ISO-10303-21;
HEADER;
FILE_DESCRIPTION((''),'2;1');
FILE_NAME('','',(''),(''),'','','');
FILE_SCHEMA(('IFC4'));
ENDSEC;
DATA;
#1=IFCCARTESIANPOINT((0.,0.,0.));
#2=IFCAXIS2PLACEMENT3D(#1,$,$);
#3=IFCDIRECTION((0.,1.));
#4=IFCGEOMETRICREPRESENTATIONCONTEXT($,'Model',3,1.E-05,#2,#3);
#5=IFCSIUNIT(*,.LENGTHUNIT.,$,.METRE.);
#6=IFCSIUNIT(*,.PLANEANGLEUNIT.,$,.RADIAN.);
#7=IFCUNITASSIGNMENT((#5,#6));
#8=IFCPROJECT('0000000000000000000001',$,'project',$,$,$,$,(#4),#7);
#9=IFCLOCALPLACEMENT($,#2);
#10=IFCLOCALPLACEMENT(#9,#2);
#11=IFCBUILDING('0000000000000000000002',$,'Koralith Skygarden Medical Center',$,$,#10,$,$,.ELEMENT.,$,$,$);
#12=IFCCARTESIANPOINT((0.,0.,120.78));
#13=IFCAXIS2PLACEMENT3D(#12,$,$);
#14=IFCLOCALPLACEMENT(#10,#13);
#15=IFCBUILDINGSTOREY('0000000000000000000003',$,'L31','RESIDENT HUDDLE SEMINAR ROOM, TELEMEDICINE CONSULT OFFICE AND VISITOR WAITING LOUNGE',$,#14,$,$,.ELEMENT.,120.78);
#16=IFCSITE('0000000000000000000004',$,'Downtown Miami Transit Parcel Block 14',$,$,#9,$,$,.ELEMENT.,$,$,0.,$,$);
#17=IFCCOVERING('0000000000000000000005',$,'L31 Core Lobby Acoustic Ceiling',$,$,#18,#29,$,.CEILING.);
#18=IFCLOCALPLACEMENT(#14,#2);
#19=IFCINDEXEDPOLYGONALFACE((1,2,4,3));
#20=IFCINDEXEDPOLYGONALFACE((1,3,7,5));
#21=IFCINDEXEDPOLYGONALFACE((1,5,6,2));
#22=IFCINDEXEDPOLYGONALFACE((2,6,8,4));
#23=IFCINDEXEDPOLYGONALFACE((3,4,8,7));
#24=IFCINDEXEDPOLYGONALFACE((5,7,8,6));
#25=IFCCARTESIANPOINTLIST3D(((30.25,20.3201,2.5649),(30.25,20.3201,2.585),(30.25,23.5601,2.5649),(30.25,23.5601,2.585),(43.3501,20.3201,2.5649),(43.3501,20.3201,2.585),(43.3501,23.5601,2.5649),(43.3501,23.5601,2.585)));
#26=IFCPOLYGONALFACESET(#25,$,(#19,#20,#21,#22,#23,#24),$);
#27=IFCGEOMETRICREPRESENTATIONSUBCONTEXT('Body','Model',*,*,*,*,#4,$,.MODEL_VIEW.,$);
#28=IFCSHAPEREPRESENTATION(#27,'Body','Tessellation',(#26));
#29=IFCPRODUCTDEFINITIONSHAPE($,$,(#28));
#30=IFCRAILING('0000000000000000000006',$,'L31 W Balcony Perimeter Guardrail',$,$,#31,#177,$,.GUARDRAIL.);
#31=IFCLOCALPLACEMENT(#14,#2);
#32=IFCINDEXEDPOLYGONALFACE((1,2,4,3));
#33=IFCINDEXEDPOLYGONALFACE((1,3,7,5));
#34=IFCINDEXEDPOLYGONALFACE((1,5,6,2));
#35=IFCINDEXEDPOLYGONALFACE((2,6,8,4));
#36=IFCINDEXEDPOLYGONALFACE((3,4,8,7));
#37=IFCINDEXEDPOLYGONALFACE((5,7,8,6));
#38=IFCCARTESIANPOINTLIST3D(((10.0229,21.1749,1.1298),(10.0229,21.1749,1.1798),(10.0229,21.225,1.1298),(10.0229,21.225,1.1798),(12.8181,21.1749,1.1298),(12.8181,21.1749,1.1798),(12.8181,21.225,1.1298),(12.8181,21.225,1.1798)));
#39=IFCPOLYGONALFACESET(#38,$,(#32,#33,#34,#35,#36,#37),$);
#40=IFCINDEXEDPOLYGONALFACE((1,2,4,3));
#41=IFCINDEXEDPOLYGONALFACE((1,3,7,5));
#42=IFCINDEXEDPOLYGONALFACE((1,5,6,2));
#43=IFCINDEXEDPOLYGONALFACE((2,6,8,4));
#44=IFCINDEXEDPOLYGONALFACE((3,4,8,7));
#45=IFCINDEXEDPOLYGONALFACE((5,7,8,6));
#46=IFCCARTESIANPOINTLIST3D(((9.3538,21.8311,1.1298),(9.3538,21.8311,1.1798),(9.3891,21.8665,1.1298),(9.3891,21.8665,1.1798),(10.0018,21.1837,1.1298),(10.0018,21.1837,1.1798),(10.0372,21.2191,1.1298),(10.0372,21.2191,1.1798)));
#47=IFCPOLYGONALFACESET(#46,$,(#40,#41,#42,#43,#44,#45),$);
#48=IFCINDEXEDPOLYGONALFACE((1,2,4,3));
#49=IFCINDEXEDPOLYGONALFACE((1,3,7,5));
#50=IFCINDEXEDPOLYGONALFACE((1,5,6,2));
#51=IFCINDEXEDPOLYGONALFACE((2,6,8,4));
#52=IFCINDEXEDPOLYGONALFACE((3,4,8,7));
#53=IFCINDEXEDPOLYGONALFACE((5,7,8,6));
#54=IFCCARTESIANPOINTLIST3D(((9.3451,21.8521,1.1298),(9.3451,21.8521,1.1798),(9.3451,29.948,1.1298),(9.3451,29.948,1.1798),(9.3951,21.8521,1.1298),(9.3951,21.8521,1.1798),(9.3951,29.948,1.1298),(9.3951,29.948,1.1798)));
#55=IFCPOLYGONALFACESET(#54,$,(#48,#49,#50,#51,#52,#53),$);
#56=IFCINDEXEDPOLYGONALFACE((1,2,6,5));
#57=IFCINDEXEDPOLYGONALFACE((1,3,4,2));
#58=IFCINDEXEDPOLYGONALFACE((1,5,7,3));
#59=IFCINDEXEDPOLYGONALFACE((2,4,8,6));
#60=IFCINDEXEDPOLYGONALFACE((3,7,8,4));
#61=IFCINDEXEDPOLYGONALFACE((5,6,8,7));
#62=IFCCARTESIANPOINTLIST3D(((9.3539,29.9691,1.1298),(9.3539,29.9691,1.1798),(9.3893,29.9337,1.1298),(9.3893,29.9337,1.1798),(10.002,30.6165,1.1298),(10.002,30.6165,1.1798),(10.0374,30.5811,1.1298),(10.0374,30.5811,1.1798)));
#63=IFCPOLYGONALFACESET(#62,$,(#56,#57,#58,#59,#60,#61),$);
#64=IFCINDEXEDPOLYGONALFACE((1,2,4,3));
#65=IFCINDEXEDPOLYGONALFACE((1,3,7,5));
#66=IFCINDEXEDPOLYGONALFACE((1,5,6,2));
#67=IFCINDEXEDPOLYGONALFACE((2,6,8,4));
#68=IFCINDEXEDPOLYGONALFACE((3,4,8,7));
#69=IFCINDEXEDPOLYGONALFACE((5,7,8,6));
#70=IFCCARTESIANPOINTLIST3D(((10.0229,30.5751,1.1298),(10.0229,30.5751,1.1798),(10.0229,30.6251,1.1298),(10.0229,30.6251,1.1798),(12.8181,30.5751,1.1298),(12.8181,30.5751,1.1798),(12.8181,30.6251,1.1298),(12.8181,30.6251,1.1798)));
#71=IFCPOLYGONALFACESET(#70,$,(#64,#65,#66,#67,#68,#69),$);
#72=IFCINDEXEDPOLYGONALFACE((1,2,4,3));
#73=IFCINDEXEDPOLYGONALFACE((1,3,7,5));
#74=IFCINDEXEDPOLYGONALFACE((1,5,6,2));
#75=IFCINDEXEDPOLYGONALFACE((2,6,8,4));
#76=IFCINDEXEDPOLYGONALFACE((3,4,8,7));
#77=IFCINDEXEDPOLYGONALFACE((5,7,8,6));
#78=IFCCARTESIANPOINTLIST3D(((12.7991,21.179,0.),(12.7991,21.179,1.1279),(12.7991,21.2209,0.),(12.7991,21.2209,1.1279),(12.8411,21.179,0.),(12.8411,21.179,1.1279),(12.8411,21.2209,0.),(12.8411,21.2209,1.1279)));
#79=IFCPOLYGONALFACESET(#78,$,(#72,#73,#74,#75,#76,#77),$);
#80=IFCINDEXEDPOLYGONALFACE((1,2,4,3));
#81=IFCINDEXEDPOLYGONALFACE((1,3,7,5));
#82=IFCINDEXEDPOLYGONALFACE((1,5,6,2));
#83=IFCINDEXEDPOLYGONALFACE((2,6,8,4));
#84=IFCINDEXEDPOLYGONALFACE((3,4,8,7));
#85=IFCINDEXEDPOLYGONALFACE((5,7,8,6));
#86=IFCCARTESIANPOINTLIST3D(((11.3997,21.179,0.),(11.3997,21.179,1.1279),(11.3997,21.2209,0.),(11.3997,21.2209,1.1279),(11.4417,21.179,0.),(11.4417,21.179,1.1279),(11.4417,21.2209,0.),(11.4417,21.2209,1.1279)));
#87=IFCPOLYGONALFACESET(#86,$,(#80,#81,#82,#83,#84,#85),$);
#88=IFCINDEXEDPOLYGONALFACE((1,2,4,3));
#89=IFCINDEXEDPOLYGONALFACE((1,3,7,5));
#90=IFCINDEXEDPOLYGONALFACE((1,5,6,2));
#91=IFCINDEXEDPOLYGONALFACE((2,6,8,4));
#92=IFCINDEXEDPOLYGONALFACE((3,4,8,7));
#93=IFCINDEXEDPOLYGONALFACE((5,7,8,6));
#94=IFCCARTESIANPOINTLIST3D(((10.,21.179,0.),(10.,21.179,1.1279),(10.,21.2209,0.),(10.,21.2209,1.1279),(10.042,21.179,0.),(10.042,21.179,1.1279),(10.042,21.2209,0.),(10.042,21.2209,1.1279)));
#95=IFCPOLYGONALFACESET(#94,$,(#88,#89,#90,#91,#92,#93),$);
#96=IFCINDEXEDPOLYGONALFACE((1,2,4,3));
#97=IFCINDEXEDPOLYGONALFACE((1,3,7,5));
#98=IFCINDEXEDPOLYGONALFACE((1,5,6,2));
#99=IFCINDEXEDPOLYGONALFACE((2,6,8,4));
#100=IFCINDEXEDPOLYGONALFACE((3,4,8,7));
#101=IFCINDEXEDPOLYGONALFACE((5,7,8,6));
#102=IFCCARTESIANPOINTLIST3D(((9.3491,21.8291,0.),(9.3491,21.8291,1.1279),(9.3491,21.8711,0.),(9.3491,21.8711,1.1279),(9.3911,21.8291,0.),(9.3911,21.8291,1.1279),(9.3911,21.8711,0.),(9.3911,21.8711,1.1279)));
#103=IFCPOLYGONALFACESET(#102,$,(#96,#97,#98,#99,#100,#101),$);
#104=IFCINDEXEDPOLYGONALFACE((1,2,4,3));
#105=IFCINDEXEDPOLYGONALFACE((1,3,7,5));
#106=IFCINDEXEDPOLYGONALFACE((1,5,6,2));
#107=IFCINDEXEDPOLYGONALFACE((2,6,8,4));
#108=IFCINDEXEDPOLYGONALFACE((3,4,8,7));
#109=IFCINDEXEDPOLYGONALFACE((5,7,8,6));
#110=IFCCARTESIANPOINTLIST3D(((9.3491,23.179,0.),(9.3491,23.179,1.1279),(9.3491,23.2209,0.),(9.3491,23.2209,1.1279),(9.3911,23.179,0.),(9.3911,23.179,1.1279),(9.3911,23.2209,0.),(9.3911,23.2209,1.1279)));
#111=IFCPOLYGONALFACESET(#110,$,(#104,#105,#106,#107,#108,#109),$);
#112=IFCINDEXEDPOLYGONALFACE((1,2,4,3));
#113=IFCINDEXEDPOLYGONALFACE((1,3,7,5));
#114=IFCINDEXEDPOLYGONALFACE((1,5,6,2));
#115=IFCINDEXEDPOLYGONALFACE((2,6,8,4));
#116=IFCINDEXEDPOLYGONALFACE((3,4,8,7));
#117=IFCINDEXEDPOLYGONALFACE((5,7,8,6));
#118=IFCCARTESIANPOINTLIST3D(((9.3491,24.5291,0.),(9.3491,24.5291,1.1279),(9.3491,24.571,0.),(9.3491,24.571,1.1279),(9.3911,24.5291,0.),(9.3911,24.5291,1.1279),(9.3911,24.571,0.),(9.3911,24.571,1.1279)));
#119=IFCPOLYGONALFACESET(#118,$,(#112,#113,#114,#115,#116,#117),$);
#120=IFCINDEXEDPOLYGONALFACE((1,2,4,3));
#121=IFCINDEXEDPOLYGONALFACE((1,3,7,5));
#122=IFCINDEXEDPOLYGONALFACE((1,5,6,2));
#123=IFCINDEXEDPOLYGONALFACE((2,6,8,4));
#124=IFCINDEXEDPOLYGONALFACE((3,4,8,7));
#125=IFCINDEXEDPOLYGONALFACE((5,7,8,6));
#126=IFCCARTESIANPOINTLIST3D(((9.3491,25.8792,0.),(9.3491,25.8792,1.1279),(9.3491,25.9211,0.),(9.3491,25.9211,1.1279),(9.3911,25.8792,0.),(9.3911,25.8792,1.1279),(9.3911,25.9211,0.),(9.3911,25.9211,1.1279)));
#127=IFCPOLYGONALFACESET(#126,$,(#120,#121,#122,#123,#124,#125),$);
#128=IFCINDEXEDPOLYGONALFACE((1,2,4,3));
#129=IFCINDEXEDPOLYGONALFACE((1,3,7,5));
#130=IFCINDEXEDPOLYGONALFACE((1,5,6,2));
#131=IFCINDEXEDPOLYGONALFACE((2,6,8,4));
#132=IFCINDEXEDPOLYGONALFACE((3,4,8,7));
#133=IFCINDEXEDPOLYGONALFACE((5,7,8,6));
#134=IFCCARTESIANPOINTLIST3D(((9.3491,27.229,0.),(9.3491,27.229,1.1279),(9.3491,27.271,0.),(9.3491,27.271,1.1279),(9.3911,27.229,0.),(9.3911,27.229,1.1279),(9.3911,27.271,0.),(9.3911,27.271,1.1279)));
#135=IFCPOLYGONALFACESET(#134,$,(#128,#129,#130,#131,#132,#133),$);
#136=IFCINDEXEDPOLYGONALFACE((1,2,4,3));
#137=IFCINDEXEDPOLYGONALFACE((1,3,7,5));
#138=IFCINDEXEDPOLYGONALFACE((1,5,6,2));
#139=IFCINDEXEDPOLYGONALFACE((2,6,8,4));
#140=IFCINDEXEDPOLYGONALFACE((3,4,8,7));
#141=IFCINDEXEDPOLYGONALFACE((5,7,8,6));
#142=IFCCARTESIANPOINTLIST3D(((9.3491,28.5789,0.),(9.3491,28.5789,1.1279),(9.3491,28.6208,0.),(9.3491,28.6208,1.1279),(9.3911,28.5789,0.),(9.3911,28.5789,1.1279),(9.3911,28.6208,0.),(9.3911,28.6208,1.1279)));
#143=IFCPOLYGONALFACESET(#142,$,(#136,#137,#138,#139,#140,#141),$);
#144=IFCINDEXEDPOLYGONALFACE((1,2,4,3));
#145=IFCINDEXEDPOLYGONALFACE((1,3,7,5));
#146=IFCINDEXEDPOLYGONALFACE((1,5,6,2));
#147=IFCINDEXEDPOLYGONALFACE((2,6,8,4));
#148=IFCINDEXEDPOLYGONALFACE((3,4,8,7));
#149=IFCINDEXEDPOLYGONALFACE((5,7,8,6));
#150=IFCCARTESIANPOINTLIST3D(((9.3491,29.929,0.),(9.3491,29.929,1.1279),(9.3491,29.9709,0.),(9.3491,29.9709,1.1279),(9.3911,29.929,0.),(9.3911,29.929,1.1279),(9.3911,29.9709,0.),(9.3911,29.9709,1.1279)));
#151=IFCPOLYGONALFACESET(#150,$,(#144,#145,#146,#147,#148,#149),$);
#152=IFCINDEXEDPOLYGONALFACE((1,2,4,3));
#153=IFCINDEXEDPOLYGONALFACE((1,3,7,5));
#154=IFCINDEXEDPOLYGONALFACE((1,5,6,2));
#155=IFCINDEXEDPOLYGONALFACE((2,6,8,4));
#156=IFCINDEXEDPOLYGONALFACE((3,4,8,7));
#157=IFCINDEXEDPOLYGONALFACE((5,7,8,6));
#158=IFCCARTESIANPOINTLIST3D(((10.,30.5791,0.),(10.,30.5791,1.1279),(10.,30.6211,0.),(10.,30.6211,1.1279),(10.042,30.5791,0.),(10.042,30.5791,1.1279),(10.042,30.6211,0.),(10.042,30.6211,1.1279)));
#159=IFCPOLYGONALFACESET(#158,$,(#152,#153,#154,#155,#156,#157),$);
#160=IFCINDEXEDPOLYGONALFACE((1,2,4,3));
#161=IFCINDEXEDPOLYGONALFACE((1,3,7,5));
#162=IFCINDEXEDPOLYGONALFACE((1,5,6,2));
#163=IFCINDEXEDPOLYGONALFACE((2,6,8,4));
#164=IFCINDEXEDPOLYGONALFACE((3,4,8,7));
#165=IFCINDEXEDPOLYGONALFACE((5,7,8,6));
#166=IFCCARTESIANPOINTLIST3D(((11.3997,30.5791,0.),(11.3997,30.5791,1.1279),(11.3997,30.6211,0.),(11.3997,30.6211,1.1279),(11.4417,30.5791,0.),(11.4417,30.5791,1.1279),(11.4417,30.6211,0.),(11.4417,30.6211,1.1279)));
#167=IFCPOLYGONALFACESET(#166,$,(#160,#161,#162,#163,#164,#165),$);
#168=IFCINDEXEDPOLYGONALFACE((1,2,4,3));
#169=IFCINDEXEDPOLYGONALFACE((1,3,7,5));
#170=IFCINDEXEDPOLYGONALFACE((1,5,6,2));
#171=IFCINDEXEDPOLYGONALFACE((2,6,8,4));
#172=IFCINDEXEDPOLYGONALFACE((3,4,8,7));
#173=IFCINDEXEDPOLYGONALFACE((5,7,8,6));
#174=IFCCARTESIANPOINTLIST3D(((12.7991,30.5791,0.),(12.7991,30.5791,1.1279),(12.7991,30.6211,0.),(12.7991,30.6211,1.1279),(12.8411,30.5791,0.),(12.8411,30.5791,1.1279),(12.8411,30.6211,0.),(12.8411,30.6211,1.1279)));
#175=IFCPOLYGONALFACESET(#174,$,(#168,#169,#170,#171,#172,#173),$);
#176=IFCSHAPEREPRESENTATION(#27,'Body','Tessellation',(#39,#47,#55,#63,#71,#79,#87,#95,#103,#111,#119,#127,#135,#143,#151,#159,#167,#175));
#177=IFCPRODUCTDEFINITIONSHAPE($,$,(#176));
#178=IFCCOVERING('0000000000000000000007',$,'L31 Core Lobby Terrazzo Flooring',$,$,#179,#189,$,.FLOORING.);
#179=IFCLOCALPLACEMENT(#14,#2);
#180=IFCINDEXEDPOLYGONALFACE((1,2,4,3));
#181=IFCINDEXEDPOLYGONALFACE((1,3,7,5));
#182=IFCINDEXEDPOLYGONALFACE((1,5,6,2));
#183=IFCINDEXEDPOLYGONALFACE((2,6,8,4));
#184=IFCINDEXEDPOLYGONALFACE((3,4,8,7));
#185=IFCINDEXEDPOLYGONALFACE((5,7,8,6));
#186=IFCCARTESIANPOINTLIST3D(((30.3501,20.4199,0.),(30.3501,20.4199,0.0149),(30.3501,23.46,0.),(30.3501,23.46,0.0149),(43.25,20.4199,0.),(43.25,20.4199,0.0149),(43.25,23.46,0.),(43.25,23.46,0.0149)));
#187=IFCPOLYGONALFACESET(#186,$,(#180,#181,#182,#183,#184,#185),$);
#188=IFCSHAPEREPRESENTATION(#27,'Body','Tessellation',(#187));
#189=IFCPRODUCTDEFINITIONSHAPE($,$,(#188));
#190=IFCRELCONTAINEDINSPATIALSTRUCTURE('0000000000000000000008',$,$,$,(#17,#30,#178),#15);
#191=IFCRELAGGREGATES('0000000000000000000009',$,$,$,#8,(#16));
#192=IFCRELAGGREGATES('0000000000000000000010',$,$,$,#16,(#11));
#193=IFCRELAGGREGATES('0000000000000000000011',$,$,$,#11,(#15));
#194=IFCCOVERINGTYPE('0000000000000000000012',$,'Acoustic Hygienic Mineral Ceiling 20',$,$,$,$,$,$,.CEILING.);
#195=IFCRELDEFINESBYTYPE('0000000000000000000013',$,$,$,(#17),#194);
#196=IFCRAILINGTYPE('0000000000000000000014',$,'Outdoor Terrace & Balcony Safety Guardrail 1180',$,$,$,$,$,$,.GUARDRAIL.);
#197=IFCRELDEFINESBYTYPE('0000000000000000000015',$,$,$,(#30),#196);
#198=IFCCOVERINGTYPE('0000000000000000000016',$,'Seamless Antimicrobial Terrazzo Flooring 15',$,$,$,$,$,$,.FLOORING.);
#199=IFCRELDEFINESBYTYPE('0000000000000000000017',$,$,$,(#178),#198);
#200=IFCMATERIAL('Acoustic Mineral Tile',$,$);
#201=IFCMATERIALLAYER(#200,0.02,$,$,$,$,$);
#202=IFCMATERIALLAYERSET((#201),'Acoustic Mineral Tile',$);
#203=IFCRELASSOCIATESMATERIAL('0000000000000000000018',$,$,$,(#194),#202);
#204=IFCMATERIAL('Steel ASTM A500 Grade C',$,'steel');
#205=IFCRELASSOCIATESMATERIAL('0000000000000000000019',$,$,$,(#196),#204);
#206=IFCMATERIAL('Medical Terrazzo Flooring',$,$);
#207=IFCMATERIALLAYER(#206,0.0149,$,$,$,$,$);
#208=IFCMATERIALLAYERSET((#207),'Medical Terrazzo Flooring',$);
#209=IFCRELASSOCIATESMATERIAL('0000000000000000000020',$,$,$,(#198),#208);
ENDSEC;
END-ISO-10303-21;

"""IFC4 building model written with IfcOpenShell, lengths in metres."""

from ifc_helpers import new_model, si_unit, direction, frame, origin, origin_2d, place, context, subcontext, project, spatial, polyline, rectangle, outline, extrude, material, layer, layer_set, type_object, element, save


model = new_model("IFC4")

# Units and contexts
model_context = context("Model", 3, precision=1e-05, world=origin(), true_north=direction((0.0, 1.0)))
body_context = subcontext(model_context, "Body", "Model", "MODEL_VIEW")
ifc_project = project(units=[si_unit("LENGTHUNIT", "METRE"), si_unit("PLANEANGLEUNIT", "RADIAN")], contexts=[model_context])

# Site, building, storey
site_placement = place(None, origin())
site = spatial("IfcSite", under=ifc_project, at=site_placement, Name="Downtown Miami Transit Parcel Block 14", CompositionType="ELEMENT", RefElevation=0.0)
building_placement = place(site_placement, origin())
building = spatial("IfcBuilding", under=site, at=building_placement, Name="Koralith Skygarden Medical Center", CompositionType="ELEMENT")
storey_placement = place(building_placement, frame((0.0, 0.0, 120.78)))
storey = spatial("IfcBuildingStorey", under=building, at=storey_placement, Name="L31", Description="RESIDENT HUDDLE SEMINAR ROOM, TELEMEDICINE CONSULT OFFICE AND VISITOR WAITING LOUNGE", CompositionType="ELEMENT", Elevation=120.78)

# Covering
ifc_material_1 = material(Name="Acoustic Mineral Tile")
ifc_layer_1 = layer(ifc_material_1, 0.02)
ifc_layer_set_1 = layer_set([ifc_layer_1], Name="Acoustic Mineral Tile")
covering_type_1 = type_object("IfcCoveringType", Name="Acoustic Hygienic Mineral Ceiling 20", PredefinedType="CEILING", material=ifc_layer_set_1)
covering_1_placement = place(storey_placement, frame((0.0, 0.0, 2.5649)))
element("IfcCovering", 1, at=covering_1_placement, inside=storey, type_object=covering_type_1, Name="L31 Core Lobby Acoustic Ceiling", PredefinedType="CEILING", context=body_context, shape_type="SweptSolid", body=[
    extrude(outline(polyline([(30.25, 20.3201), (43.3501, 20.3201), (43.3501, 23.5601), (30.25, 23.5601), (30.25, 20.3201)])), origin(), (0.0, 0.0, 1.0), 0.02),
])

# Railing
ifc_material_2 = material(Name="Steel ASTM A500 Grade C", Category="steel")
railing_type = type_object("IfcRailingType", Name="Outdoor Terrace & Balcony Safety Guardrail 1180", PredefinedType="GUARDRAIL", material=ifc_material_2)
railing_placement = place(storey_placement, frame((12.8201, 21.2, 0.0)))
element("IfcRailing", 2, at=railing_placement, inside=storey, type_object=railing_type, Name="L31 W Balcony Perimeter Guardrail", PredefinedType="GUARDRAIL", context=body_context, shape_type="SweptSolid", body=[
    extrude(rectangle(XDim=0.05, YDim=0.05, at=origin_2d()), frame((-0.002, 0.0, 1.1548), z_axis=(-1.0, 0.0, 0.0), x_axis=(0.0, -1.0, 0.0)), (0.0, 0.0, 1.0), 2.7952),
    extrude(rectangle(XDim=0.05, YDim=0.05, at=origin_2d()), frame((-2.8005, 0.0015, 1.1548), z_axis=(-0.707505, 0.706709, 0.0), x_axis=(-0.706709, -0.707505, 0.0)), (0.0, 0.0, 1.0), 0.916),
    extrude(rectangle(XDim=0.05, YDim=0.05, at=origin_2d()), frame((-3.45, 0.6521, 1.1548), z_axis=(0.0, 1.0, 0.0), x_axis=(-1.0, 0.0, 0.0)), (0.0, 0.0, 1.0), 8.0959),
    extrude(rectangle(XDim=0.05, YDim=0.05, at=origin_2d()), frame((-3.4485, 8.7515, 1.1548), z_axis=(0.707505, 0.706709, 0.0), x_axis=(-0.706709, 0.707505, 0.0)), (0.0, 0.0, 1.0), 0.916),
    extrude(rectangle(XDim=0.05, YDim=0.05, at=origin_2d()), frame((-2.7971, 9.4001, 1.1548), z_axis=(1.0, 0.0, 0.0), x_axis=(0.0, 1.0, 0.0)), (0.0, 0.0, 1.0), 2.7952),
    extrude(rectangle(XDim=0.042, YDim=0.042, at=origin_2d()), origin(), (0.0, 0.0, 1.0), 1.1279),
    extrude(rectangle(XDim=0.042, YDim=0.042, at=origin_2d()), frame((-1.3994, 0.0, 0.0)), (0.0, 0.0, 1.0), 1.1279),
    extrude(rectangle(XDim=0.042, YDim=0.042, at=origin_2d()), frame((-2.7991, 0.0, 0.0)), (0.0, 0.0, 1.0), 1.1279),
    extrude(rectangle(XDim=0.042, YDim=0.042, at=origin_2d()), frame((-3.45, 0.6501, 0.0)), (0.0, 0.0, 1.0), 1.1279),
    extrude(rectangle(XDim=0.042, YDim=0.042, at=origin_2d()), frame((-3.45, 2.0, 0.0)), (0.0, 0.0, 1.0), 1.1279),
    extrude(rectangle(XDim=0.042, YDim=0.042, at=origin_2d()), frame((-3.45, 3.3501, 0.0)), (0.0, 0.0, 1.0), 1.1279),
    extrude(rectangle(XDim=0.042, YDim=0.042, at=origin_2d()), frame((-3.45, 4.7002, 0.0)), (0.0, 0.0, 1.0), 1.1279),
    extrude(rectangle(XDim=0.042, YDim=0.042, at=origin_2d()), frame((-3.45, 6.05, 0.0)), (0.0, 0.0, 1.0), 1.1279),
    extrude(rectangle(XDim=0.042, YDim=0.042, at=origin_2d()), frame((-3.45, 7.3999, 0.0)), (0.0, 0.0, 1.0), 1.1279),
    extrude(rectangle(XDim=0.042, YDim=0.042, at=origin_2d()), frame((-3.45, 8.75, 0.0)), (0.0, 0.0, 1.0), 1.1279),
    extrude(rectangle(XDim=0.042, YDim=0.042, at=origin_2d()), frame((-2.7991, 9.4001, 0.0)), (0.0, 0.0, 1.0), 1.1279),
    extrude(rectangle(XDim=0.042, YDim=0.042, at=origin_2d()), frame((-1.3994, 9.4001, 0.0)), (0.0, 0.0, 1.0), 1.1279),
    extrude(rectangle(XDim=0.042, YDim=0.042, at=origin_2d()), frame((0.0, 9.4001, 0.0)), (0.0, 0.0, 1.0), 1.1279),
])

# Covering
ifc_material_3 = material(Name="Medical Terrazzo Flooring")
ifc_layer_2 = layer(ifc_material_3, 0.0149)
ifc_layer_set_2 = layer_set([ifc_layer_2], Name="Medical Terrazzo Flooring")
covering_type_2 = type_object("IfcCoveringType", Name="Seamless Antimicrobial Terrazzo Flooring 15", PredefinedType="FLOORING", material=ifc_layer_set_2)
covering_2_placement = place(storey_placement, origin())
element("IfcCovering", 3, at=covering_2_placement, inside=storey, type_object=covering_type_2, Name="L31 Core Lobby Terrazzo Flooring", PredefinedType="FLOORING", context=body_context, shape_type="SweptSolid", body=[
    extrude(outline(polyline([(30.3501, 20.4199), (43.25, 20.4199), (43.25, 23.46), (30.3501, 23.46), (30.3501, 20.4199)])), origin(), (0.0, 0.0, 1.0), 0.0149),
])

save(model, "model.ifc")
